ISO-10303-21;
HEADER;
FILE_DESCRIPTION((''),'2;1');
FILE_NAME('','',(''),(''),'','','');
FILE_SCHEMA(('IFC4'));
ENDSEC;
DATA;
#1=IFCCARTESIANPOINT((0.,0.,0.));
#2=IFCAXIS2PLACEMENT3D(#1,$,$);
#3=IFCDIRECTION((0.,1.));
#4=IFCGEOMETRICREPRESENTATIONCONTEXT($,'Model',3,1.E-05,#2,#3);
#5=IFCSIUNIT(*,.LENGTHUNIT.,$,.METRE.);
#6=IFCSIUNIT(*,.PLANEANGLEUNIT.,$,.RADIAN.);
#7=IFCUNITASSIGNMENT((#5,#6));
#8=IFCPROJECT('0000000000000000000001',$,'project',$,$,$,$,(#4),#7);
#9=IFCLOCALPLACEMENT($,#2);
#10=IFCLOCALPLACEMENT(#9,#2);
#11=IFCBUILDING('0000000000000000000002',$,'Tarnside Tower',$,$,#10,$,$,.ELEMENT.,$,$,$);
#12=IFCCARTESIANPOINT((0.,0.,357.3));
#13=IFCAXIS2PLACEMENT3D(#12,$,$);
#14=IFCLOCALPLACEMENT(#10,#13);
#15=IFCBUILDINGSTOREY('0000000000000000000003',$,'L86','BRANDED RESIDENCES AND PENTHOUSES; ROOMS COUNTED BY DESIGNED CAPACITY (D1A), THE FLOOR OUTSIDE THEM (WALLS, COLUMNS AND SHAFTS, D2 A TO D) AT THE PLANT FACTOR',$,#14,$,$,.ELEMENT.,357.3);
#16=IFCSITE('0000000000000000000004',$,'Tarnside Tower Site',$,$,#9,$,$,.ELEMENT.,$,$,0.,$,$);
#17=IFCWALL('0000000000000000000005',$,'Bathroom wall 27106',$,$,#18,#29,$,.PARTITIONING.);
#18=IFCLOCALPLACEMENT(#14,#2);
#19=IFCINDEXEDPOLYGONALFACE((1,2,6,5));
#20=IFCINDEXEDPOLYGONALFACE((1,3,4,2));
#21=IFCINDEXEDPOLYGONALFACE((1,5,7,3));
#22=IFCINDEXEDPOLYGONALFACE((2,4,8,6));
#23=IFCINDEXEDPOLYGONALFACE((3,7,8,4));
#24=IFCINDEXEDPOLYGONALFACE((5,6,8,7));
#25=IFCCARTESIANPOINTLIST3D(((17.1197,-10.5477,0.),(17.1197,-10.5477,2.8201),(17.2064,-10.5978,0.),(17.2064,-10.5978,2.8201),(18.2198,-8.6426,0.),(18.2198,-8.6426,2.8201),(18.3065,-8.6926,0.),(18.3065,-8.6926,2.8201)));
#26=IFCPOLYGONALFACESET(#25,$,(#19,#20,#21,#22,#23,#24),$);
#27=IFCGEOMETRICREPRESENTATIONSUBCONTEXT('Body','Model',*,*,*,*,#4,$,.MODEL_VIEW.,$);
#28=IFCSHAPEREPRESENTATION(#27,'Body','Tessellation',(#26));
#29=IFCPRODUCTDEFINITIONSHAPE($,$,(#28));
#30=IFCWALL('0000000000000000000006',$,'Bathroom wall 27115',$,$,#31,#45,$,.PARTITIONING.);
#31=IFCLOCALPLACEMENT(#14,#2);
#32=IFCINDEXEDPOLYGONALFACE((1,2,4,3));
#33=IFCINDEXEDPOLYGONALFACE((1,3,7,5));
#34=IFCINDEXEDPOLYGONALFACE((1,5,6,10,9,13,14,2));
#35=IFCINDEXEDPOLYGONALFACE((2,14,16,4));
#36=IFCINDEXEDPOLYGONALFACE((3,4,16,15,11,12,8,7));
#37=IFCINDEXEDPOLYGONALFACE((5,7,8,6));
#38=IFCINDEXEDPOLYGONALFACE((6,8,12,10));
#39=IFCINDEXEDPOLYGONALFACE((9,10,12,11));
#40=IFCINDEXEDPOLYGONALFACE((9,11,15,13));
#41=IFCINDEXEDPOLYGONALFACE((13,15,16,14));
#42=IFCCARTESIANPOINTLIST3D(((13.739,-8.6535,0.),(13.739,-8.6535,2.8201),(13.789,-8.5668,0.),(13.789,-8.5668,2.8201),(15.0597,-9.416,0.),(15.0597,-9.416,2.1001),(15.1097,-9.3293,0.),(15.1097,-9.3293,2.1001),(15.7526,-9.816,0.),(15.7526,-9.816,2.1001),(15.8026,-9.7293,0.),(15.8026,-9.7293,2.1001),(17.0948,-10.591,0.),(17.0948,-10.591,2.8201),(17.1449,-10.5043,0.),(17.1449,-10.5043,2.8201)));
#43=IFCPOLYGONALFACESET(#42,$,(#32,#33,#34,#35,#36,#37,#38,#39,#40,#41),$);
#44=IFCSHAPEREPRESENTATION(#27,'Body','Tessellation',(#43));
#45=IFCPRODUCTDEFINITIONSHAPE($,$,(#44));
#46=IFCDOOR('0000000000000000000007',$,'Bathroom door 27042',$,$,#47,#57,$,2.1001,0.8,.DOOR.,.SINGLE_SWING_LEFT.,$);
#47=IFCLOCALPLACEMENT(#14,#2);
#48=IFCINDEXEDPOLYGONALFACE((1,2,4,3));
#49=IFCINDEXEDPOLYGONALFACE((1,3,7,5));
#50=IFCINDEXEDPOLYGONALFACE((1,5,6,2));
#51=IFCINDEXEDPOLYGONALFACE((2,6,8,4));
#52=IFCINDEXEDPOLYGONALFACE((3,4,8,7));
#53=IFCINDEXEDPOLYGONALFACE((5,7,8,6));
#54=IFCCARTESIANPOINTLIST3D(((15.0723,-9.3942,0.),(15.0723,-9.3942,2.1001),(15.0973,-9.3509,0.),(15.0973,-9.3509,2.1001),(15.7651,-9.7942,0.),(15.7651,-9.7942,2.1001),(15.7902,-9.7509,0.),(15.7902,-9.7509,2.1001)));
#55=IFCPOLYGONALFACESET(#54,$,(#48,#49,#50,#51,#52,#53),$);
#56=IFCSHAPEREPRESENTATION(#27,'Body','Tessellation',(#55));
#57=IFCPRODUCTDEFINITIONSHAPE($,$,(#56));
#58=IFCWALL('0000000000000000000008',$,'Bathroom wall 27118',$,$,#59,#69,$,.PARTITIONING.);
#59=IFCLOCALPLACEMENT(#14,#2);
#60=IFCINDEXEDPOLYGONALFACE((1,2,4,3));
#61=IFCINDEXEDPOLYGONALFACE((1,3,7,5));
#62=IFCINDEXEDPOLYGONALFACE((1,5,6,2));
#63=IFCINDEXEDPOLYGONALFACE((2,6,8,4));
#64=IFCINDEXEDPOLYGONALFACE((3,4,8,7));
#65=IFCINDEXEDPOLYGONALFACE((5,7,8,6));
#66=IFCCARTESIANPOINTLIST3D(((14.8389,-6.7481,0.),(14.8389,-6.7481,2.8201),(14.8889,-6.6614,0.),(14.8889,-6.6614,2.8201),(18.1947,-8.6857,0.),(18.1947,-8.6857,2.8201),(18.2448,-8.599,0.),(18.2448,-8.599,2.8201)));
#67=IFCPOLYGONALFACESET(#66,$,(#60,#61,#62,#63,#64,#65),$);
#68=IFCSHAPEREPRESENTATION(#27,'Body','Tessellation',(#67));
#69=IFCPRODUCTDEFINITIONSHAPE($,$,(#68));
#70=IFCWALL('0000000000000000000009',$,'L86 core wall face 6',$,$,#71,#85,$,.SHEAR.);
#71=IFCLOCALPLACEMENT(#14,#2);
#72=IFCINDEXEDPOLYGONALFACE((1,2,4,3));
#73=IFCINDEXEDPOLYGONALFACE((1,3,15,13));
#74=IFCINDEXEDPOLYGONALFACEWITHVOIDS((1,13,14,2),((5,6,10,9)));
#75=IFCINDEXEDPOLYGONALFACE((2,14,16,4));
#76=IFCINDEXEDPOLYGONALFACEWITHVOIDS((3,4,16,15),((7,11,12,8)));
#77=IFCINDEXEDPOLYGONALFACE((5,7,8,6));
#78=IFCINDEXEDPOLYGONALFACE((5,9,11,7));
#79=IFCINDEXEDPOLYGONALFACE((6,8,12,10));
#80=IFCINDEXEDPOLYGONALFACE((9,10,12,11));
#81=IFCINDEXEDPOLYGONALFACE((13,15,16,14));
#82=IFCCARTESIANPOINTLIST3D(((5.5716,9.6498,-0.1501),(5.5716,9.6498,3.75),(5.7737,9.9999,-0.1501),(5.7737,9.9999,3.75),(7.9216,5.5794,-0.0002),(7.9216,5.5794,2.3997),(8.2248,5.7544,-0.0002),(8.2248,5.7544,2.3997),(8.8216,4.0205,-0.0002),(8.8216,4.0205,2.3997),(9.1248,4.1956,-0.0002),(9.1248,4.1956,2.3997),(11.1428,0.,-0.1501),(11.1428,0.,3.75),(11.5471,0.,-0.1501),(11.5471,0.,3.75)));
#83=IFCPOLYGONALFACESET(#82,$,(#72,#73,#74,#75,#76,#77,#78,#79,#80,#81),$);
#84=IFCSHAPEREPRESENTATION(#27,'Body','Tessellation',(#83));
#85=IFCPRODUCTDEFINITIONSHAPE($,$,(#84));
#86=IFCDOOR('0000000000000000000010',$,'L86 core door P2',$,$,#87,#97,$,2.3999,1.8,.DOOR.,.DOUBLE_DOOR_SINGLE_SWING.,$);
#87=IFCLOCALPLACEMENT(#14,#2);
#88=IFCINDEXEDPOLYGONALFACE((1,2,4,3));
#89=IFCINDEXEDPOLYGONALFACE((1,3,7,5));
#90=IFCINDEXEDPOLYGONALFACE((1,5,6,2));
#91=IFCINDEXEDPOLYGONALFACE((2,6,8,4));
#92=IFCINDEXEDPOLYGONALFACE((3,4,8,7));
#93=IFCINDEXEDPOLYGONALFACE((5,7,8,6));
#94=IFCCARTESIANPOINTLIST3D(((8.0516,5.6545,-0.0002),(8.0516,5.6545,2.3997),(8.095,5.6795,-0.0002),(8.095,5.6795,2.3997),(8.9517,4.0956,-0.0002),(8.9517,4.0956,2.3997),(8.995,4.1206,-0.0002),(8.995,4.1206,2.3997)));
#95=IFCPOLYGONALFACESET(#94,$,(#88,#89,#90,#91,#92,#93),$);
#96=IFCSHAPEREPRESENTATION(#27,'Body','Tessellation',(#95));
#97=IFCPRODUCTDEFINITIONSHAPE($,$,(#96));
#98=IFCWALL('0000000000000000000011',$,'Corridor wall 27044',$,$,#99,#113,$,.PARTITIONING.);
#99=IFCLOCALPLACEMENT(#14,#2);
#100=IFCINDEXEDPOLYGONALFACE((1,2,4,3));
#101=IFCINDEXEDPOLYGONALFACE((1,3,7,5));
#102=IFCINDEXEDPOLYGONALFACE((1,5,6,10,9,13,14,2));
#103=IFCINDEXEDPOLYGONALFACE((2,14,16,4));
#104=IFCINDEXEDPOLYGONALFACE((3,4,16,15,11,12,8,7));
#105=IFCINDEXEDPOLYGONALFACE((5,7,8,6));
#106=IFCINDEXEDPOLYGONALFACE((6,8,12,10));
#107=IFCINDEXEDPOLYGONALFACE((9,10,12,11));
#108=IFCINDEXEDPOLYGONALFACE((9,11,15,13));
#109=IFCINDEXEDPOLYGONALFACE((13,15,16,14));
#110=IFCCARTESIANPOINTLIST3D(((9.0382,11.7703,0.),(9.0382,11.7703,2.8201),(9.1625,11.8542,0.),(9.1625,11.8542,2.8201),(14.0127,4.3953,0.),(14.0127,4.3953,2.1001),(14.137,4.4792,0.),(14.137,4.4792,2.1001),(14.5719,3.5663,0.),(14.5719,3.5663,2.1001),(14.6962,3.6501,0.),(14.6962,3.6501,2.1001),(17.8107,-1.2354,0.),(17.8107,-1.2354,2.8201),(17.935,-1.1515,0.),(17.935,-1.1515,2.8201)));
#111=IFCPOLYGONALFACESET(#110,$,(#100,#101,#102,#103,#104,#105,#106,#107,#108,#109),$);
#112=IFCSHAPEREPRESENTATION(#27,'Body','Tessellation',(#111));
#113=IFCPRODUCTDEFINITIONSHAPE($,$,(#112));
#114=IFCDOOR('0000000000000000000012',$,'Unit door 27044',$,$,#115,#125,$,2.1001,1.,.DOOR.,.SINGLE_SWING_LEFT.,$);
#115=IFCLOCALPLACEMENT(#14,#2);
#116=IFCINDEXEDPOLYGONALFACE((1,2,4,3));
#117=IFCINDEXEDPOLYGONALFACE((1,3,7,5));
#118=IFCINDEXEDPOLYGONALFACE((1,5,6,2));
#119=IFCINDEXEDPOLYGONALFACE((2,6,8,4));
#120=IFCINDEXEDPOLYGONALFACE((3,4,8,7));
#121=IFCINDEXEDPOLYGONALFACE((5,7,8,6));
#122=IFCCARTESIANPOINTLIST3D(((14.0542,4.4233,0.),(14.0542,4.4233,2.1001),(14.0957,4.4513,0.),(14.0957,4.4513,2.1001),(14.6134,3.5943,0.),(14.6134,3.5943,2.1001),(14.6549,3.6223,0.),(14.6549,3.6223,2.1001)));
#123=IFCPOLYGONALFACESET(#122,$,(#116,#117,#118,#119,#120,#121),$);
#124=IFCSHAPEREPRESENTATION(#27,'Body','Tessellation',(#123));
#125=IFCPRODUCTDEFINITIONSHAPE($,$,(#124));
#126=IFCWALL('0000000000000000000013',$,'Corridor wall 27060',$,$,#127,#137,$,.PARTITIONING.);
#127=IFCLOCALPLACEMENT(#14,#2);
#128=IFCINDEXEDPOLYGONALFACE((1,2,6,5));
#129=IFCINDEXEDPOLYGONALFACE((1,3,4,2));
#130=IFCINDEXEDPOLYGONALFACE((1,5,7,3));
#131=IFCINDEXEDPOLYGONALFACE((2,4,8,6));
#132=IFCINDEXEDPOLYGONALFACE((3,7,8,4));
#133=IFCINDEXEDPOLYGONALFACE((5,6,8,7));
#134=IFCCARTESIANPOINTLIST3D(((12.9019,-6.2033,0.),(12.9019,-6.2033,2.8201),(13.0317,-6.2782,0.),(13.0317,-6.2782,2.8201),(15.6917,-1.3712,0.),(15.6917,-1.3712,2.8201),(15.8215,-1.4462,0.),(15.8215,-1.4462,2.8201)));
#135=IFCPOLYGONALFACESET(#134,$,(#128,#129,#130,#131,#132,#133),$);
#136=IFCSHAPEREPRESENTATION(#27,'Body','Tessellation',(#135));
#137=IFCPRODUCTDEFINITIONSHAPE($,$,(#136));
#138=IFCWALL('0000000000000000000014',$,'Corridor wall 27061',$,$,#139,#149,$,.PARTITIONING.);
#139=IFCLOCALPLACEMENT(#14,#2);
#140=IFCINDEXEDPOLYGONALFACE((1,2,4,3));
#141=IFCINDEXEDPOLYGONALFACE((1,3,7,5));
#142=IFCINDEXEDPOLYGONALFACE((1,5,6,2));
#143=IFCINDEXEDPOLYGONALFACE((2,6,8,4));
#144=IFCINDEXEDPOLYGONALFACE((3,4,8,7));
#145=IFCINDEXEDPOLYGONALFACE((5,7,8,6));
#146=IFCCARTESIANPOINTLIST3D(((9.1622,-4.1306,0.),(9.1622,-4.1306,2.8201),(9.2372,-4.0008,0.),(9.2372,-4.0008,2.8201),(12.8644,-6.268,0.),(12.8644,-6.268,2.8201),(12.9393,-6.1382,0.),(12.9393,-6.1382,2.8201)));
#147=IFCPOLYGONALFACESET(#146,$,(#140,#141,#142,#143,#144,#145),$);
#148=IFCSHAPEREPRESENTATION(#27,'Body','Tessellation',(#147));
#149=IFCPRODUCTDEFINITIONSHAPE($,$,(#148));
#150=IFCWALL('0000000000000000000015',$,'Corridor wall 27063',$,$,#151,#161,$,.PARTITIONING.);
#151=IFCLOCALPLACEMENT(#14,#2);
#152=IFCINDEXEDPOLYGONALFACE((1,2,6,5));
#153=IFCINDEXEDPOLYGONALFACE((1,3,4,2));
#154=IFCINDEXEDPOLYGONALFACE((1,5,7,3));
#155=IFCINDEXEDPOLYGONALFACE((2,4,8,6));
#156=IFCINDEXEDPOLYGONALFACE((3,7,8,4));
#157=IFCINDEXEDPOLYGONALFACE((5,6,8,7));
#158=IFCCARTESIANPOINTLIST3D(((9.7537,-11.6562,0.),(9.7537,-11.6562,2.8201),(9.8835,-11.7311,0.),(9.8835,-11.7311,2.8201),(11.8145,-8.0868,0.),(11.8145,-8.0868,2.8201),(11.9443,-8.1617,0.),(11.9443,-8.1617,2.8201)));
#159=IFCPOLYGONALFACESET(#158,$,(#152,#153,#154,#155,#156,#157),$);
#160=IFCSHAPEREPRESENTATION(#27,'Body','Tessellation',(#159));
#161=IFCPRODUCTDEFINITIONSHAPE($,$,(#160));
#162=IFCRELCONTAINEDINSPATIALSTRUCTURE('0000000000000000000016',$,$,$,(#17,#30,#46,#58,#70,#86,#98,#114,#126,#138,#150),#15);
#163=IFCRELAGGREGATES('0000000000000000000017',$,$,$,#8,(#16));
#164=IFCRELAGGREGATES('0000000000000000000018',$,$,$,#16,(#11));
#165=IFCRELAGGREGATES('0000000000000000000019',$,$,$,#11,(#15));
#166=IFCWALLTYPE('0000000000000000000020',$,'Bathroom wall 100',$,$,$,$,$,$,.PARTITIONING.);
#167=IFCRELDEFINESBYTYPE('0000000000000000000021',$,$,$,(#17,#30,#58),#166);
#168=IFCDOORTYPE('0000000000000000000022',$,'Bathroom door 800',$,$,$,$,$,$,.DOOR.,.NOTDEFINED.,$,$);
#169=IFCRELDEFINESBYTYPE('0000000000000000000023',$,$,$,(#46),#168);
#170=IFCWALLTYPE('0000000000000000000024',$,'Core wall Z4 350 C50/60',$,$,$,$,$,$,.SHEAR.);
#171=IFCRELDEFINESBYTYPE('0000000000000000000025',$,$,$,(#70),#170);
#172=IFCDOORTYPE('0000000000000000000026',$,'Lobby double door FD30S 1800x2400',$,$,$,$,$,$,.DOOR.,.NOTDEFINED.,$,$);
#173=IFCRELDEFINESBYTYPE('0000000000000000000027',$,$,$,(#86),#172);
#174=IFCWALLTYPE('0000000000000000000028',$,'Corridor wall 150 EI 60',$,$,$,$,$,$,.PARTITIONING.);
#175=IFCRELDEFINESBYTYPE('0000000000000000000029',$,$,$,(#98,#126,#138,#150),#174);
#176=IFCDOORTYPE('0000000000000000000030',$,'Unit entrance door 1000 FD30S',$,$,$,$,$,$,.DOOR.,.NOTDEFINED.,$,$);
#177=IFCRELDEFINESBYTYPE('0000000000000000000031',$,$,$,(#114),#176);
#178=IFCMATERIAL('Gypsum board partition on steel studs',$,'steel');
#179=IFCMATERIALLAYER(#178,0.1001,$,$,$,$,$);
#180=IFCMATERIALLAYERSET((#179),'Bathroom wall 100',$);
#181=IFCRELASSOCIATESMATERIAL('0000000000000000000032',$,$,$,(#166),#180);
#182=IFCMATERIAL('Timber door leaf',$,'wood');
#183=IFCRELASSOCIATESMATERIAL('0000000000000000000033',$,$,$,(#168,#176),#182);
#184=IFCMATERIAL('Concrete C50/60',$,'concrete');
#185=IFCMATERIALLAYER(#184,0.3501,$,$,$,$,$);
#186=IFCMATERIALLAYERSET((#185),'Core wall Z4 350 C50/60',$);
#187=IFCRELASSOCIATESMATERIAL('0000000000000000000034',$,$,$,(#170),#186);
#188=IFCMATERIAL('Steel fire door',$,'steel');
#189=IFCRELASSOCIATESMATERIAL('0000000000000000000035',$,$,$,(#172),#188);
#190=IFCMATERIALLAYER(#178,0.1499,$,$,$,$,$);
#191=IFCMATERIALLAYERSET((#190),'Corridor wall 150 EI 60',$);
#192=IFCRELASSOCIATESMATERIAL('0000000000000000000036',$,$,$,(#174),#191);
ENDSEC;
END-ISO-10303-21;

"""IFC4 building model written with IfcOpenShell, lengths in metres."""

from ifc_helpers import new_model, si_unit, direction, frame, frame_2d, origin, place, context, subcontext, project, spatial, polyline, rectangle, outline, extrude, material, layer, layer_set, type_object, element, fill, save


model = new_model("IFC4")

# Units and contexts
model_context = context("Model", 3, precision=1e-05, world=origin(), true_north=direction((0.0, 1.0)))
body_context = subcontext(model_context, "Body", "Model", "MODEL_VIEW")
ifc_project = project(units=[si_unit("LENGTHUNIT", "METRE"), si_unit("PLANEANGLEUNIT", "RADIAN")], contexts=[model_context])

# Site, building, storey
site_placement = place(None, origin())
site = spatial("IfcSite", under=ifc_project, at=site_placement, Name="Tarnside Tower Site", CompositionType="ELEMENT", RefElevation=0.0)
building_placement = place(site_placement, origin())
building = spatial("IfcBuilding", under=site, at=building_placement, Name="Tarnside Tower", CompositionType="ELEMENT")
storey_placement = place(building_placement, frame((0.0, 0.0, 357.3)))
storey = spatial("IfcBuildingStorey", under=building, at=storey_placement, Name="L86", Description="BRANDED RESIDENCES AND PENTHOUSES; ROOMS COUNTED BY DESIGNED CAPACITY (D1A), THE FLOOR OUTSIDE THEM (WALLS, COLUMNS AND SHAFTS, D2 A TO D) AT THE PLANT FACTOR", CompositionType="ELEMENT", Elevation=357.3)

# Wall
ifc_material_1 = material(Name="Gypsum board partition on steel studs", Category="steel")
ifc_layer_1 = layer(ifc_material_1, 0.1001)
ifc_layer_set_1 = layer_set([ifc_layer_1], Name="Bathroom wall 100")
wall_type_1 = type_object("IfcWallType", Name="Bathroom wall 100", PredefinedType="PARTITIONING", material=ifc_layer_set_1)
wall_1_placement = place(storey_placement, frame((18.2632, -8.6675, 0.0), z_axis=(0.0, 0.0, 1.0), x_axis=(-0.50003, -0.866008, 0.0)))
element("IfcWall", 1, at=wall_1_placement, inside=storey, type_object=wall_type_1, Name="Bathroom wall 27106", PredefinedType="PARTITIONING", context=body_context, shape_type="SweptSolid", body=[
    extrude(rectangle(XDim=2.2, YDim=0.1001, at=frame_2d((1.1001, 0.0))), origin(), (0.0, 0.0, 1.0), 2.8201),
])

# Wall, opening, door
wall_2_placement = place(storey_placement, frame((17.1199, -10.5476, 0.0), z_axis=(0.0, 0.0, 1.0), x_axis=(-0.866032, 0.499988, 0.0)))
wall_2 = element("IfcWall", 2, at=wall_2_placement, inside=storey, type_object=wall_type_1, Name="Bathroom wall 27115", PredefinedType="PARTITIONING", context=body_context, shape_type="SweptSolid", body=[
    extrude(rectangle(XDim=3.875, YDim=0.1001, at=frame_2d((1.9375, 0.0))), origin(), (0.0, 0.0, 1.0), 2.8201),
])
opening_1_placement = place(wall_2_placement, frame((1.55, 0.0, 0.0)))
opening_1 = element("IfcOpeningElement", 3, at=opening_1_placement, cuts=wall_2, PredefinedType="OPENING", context=body_context, shape_type="SweptSolid", body=[
    extrude(rectangle(XDim=0.8, YDim=2.1001, at=frame_2d((0.3999, 1.05))), frame((0.0, 0.0601, 0.0), z_axis=(0.0, -1.0, 0.0), x_axis=(1.0, 0.0, 0.0)), (0.0, 0.0, 1.0), 0.1201),
])
ifc_material_2 = material(Name="Timber door leaf", Category="wood")
door_type_1 = type_object("IfcDoorType", Name="Bathroom door 800", OperationType="NOTDEFINED", PredefinedType="DOOR", material=ifc_material_2)
door_1_placement = place(opening_1_placement, origin())
door_1 = element("IfcDoor", 4, at=door_1_placement, inside=storey, type_object=door_type_1, Name="Bathroom door 27042", OperationType="SINGLE_SWING_LEFT", OverallHeight=2.1001, OverallWidth=0.8, PredefinedType="DOOR", context=body_context, shape_type="SweptSolid", body=[
    extrude(rectangle(XDim=0.8, YDim=2.1001, at=frame_2d((0.3999, 1.05))), frame((0.0, 0.0249, 0.0), z_axis=(0.0, -1.0, 0.0), x_axis=(1.0, 0.0, 0.0)), (0.0, 0.0, 1.0), 0.05),
])
fill(opening_1, door_1)

# Wall
wall_3_placement = place(storey_placement, frame((18.2197, -8.6423, 0.0), z_axis=(0.0, 0.0, 1.0), x_axis=(-0.866017, 0.500015, 0.0)))
element("IfcWall", 5, at=wall_3_placement, inside=storey, type_object=wall_type_1, Name="Bathroom wall 27118", PredefinedType="PARTITIONING", context=body_context, shape_type="SweptSolid", body=[
    extrude(rectangle(XDim=3.875, YDim=0.1001, at=frame_2d((1.9375, 0.0))), origin(), (0.0, 0.0, 1.0), 2.8201),
])

# Walls, openings, doors
ifc_material_3 = material(Name="Concrete C50/60", Category="concrete")
ifc_layer_2 = layer(ifc_material_3, 0.3501)
ifc_layer_set_2 = layer_set([ifc_layer_2], Name="Core wall Z4 350 C50/60")
wall_type_2 = type_object("IfcWallType", Name="Core wall Z4 350 C50/60", PredefinedType="SHEAR", material=ifc_layer_set_2)
wall_4_placement = place(storey_placement, frame((11.345, 0.0, -0.1501), z_axis=(0.0, 0.0, 1.0), x_axis=(-0.499995, 0.866028, 0.0)))
wall_4 = element("IfcWall", 6, at=wall_4_placement, inside=storey, type_object=wall_type_2, Name="L86 core wall face 6", PredefinedType="SHEAR", context=body_context, shape_type="SweptSolid", body=[
    extrude(outline(polyline([(-0.1011, -0.175), (11.4458, -0.175), (11.2437, 0.175), (0.1011, 0.175), (-0.1011, -0.175)])), origin(), (0.0, 0.0, 1.0), 3.9001),
])
opening_2_placement = place(wall_4_placement, frame((4.7437, 0.0, 0.1499)))
opening_2 = element("IfcOpeningElement", 7, at=opening_2_placement, cuts=wall_4, PredefinedType="OPENING", context=body_context, shape_type="SweptSolid", body=[
    extrude(rectangle(XDim=1.8, YDim=2.3999, at=frame_2d((0.8999, 1.2))), frame((0.0, 0.1851, 0.0), z_axis=(0.0, -1.0, 0.0), x_axis=(1.0, 0.0, 0.0)), (0.0, 0.0, 1.0), 0.3701),
])
ifc_material_4 = material(Name="Steel fire door", Category="steel")
door_type_2 = type_object("IfcDoorType", Name="Lobby double door FD30S 1800x2400", OperationType="NOTDEFINED", PredefinedType="DOOR", material=ifc_material_4)
door_2_placement = place(opening_2_placement, origin())
door_2 = element("IfcDoor", 8, at=door_2_placement, inside=storey, type_object=door_type_2, Name="L86 core door P2", OperationType="DOUBLE_DOOR_SINGLE_SWING", OverallHeight=2.3999, OverallWidth=1.8, PredefinedType="DOOR", context=body_context, shape_type="SweptSolid", body=[
    extrude(rectangle(XDim=1.8, YDim=2.3999, at=frame_2d((0.8999, 1.2))), frame((0.0, 0.0249, 0.0), z_axis=(0.0, -1.0, 0.0), x_axis=(1.0, 0.0, 0.0)), (0.0, 0.0, 1.0), 0.05),
])
fill(opening_2, door_2)
ifc_layer_3 = layer(ifc_material_1, 0.1499)
ifc_layer_set_3 = layer_set([ifc_layer_3], Name="Corridor wall 150 EI 60")
wall_type_3 = type_object("IfcWallType", Name="Corridor wall 150 EI 60", PredefinedType="PARTITIONING", material=ifc_layer_set_3)
wall_5_placement = place(storey_placement, frame((17.8728, -1.1934, 0.0), z_axis=(0.0, 0.0, 1.0), x_axis=(-0.559196, 0.829036, 0.0)))
wall_5 = element("IfcWall", 9, at=wall_5_placement, inside=storey, type_object=wall_type_3, Name="Corridor wall 27044", PredefinedType="PARTITIONING", context=body_context, shape_type="SweptSolid", body=[
    extrude(rectangle(XDim=15.6877, YDim=0.1499, at=frame_2d((7.8438, 0.0))), origin(), (0.0, 0.0, 1.0), 2.8201),
])
opening_3_placement = place(wall_5_placement, frame((5.7917, 0.0, 0.0)))
opening_3 = element("IfcOpeningElement", 10, at=opening_3_placement, cuts=wall_5, PredefinedType="OPENING", context=body_context, shape_type="SweptSolid", body=[
    extrude(rectangle(XDim=1.0, YDim=2.1001, at=frame_2d((0.5, 1.05))), frame((0.0, 0.085, 0.0), z_axis=(0.0, -1.0, 0.0), x_axis=(1.0, 0.0, 0.0)), (0.0, 0.0, 1.0), 0.1699),
])
door_type_3 = type_object("IfcDoorType", Name="Unit entrance door 1000 FD30S", OperationType="NOTDEFINED", PredefinedType="DOOR", material=ifc_material_2)
door_3_placement = place(opening_3_placement, origin())
door_3 = element("IfcDoor", 11, at=door_3_placement, inside=storey, type_object=door_type_3, Name="Unit door 27044", OperationType="SINGLE_SWING_LEFT", OverallHeight=2.1001, OverallWidth=1.0, PredefinedType="DOOR", context=body_context, shape_type="SweptSolid", body=[
    extrude(rectangle(XDim=1.0, YDim=2.1001, at=frame_2d((0.5, 1.05))), frame((0.0, 0.0249, 0.0), z_axis=(0.0, -1.0, 0.0), x_axis=(1.0, 0.0, 0.0)), (0.0, 0.0, 1.0), 0.05),
])
fill(opening_3, door_3)

# Walls
wall_6_placement = place(storey_placement, frame((15.7566, -1.4087, 0.0), z_axis=(0.0, 0.0, 1.0), x_axis=(-0.500003, -0.866024, 0.0)))
element("IfcWall", 12, at=wall_6_placement, inside=storey, type_object=wall_type_3, Name="Corridor wall 27060", PredefinedType="PARTITIONING", context=body_context, shape_type="SweptSolid", body=[
    extrude(rectangle(XDim=5.5796, YDim=0.1499, at=frame_2d((2.7898, 0.0))), origin(), (0.0, 0.0, 1.0), 2.8201),
])
wall_7_placement = place(storey_placement, frame((12.9019, -6.2031, 0.0), z_axis=(0.0, 0.0, 1.0), x_axis=(-0.866024, 0.500003, 0.0)))
element("IfcWall", 13, at=wall_7_placement, inside=storey, type_object=wall_type_3, Name="Corridor wall 27061", PredefinedType="PARTITIONING", context=body_context, shape_type="SweptSolid", body=[
    extrude(rectangle(XDim=4.2749, YDim=0.1499, at=frame_2d((2.1375, 0.0))), origin(), (0.0, 0.0, 1.0), 2.8201),
])
wall_8_placement = place(storey_placement, frame((11.8794, -8.1243, 0.0), z_axis=(0.0, 0.0, 1.0), x_axis=(-0.500006, -0.866022, 0.0)))
element("IfcWall", 14, at=wall_8_placement, inside=storey, type_object=wall_type_3, Name="Corridor wall 27063", PredefinedType="PARTITIONING", context=body_context, shape_type="SweptSolid", body=[
    extrude(rectangle(XDim=4.1216, YDim=0.1499, at=frame_2d((2.0608, 0.0))), origin(), (0.0, 0.0, 1.0), 2.8201),
])

save(model, "model.ifc")
